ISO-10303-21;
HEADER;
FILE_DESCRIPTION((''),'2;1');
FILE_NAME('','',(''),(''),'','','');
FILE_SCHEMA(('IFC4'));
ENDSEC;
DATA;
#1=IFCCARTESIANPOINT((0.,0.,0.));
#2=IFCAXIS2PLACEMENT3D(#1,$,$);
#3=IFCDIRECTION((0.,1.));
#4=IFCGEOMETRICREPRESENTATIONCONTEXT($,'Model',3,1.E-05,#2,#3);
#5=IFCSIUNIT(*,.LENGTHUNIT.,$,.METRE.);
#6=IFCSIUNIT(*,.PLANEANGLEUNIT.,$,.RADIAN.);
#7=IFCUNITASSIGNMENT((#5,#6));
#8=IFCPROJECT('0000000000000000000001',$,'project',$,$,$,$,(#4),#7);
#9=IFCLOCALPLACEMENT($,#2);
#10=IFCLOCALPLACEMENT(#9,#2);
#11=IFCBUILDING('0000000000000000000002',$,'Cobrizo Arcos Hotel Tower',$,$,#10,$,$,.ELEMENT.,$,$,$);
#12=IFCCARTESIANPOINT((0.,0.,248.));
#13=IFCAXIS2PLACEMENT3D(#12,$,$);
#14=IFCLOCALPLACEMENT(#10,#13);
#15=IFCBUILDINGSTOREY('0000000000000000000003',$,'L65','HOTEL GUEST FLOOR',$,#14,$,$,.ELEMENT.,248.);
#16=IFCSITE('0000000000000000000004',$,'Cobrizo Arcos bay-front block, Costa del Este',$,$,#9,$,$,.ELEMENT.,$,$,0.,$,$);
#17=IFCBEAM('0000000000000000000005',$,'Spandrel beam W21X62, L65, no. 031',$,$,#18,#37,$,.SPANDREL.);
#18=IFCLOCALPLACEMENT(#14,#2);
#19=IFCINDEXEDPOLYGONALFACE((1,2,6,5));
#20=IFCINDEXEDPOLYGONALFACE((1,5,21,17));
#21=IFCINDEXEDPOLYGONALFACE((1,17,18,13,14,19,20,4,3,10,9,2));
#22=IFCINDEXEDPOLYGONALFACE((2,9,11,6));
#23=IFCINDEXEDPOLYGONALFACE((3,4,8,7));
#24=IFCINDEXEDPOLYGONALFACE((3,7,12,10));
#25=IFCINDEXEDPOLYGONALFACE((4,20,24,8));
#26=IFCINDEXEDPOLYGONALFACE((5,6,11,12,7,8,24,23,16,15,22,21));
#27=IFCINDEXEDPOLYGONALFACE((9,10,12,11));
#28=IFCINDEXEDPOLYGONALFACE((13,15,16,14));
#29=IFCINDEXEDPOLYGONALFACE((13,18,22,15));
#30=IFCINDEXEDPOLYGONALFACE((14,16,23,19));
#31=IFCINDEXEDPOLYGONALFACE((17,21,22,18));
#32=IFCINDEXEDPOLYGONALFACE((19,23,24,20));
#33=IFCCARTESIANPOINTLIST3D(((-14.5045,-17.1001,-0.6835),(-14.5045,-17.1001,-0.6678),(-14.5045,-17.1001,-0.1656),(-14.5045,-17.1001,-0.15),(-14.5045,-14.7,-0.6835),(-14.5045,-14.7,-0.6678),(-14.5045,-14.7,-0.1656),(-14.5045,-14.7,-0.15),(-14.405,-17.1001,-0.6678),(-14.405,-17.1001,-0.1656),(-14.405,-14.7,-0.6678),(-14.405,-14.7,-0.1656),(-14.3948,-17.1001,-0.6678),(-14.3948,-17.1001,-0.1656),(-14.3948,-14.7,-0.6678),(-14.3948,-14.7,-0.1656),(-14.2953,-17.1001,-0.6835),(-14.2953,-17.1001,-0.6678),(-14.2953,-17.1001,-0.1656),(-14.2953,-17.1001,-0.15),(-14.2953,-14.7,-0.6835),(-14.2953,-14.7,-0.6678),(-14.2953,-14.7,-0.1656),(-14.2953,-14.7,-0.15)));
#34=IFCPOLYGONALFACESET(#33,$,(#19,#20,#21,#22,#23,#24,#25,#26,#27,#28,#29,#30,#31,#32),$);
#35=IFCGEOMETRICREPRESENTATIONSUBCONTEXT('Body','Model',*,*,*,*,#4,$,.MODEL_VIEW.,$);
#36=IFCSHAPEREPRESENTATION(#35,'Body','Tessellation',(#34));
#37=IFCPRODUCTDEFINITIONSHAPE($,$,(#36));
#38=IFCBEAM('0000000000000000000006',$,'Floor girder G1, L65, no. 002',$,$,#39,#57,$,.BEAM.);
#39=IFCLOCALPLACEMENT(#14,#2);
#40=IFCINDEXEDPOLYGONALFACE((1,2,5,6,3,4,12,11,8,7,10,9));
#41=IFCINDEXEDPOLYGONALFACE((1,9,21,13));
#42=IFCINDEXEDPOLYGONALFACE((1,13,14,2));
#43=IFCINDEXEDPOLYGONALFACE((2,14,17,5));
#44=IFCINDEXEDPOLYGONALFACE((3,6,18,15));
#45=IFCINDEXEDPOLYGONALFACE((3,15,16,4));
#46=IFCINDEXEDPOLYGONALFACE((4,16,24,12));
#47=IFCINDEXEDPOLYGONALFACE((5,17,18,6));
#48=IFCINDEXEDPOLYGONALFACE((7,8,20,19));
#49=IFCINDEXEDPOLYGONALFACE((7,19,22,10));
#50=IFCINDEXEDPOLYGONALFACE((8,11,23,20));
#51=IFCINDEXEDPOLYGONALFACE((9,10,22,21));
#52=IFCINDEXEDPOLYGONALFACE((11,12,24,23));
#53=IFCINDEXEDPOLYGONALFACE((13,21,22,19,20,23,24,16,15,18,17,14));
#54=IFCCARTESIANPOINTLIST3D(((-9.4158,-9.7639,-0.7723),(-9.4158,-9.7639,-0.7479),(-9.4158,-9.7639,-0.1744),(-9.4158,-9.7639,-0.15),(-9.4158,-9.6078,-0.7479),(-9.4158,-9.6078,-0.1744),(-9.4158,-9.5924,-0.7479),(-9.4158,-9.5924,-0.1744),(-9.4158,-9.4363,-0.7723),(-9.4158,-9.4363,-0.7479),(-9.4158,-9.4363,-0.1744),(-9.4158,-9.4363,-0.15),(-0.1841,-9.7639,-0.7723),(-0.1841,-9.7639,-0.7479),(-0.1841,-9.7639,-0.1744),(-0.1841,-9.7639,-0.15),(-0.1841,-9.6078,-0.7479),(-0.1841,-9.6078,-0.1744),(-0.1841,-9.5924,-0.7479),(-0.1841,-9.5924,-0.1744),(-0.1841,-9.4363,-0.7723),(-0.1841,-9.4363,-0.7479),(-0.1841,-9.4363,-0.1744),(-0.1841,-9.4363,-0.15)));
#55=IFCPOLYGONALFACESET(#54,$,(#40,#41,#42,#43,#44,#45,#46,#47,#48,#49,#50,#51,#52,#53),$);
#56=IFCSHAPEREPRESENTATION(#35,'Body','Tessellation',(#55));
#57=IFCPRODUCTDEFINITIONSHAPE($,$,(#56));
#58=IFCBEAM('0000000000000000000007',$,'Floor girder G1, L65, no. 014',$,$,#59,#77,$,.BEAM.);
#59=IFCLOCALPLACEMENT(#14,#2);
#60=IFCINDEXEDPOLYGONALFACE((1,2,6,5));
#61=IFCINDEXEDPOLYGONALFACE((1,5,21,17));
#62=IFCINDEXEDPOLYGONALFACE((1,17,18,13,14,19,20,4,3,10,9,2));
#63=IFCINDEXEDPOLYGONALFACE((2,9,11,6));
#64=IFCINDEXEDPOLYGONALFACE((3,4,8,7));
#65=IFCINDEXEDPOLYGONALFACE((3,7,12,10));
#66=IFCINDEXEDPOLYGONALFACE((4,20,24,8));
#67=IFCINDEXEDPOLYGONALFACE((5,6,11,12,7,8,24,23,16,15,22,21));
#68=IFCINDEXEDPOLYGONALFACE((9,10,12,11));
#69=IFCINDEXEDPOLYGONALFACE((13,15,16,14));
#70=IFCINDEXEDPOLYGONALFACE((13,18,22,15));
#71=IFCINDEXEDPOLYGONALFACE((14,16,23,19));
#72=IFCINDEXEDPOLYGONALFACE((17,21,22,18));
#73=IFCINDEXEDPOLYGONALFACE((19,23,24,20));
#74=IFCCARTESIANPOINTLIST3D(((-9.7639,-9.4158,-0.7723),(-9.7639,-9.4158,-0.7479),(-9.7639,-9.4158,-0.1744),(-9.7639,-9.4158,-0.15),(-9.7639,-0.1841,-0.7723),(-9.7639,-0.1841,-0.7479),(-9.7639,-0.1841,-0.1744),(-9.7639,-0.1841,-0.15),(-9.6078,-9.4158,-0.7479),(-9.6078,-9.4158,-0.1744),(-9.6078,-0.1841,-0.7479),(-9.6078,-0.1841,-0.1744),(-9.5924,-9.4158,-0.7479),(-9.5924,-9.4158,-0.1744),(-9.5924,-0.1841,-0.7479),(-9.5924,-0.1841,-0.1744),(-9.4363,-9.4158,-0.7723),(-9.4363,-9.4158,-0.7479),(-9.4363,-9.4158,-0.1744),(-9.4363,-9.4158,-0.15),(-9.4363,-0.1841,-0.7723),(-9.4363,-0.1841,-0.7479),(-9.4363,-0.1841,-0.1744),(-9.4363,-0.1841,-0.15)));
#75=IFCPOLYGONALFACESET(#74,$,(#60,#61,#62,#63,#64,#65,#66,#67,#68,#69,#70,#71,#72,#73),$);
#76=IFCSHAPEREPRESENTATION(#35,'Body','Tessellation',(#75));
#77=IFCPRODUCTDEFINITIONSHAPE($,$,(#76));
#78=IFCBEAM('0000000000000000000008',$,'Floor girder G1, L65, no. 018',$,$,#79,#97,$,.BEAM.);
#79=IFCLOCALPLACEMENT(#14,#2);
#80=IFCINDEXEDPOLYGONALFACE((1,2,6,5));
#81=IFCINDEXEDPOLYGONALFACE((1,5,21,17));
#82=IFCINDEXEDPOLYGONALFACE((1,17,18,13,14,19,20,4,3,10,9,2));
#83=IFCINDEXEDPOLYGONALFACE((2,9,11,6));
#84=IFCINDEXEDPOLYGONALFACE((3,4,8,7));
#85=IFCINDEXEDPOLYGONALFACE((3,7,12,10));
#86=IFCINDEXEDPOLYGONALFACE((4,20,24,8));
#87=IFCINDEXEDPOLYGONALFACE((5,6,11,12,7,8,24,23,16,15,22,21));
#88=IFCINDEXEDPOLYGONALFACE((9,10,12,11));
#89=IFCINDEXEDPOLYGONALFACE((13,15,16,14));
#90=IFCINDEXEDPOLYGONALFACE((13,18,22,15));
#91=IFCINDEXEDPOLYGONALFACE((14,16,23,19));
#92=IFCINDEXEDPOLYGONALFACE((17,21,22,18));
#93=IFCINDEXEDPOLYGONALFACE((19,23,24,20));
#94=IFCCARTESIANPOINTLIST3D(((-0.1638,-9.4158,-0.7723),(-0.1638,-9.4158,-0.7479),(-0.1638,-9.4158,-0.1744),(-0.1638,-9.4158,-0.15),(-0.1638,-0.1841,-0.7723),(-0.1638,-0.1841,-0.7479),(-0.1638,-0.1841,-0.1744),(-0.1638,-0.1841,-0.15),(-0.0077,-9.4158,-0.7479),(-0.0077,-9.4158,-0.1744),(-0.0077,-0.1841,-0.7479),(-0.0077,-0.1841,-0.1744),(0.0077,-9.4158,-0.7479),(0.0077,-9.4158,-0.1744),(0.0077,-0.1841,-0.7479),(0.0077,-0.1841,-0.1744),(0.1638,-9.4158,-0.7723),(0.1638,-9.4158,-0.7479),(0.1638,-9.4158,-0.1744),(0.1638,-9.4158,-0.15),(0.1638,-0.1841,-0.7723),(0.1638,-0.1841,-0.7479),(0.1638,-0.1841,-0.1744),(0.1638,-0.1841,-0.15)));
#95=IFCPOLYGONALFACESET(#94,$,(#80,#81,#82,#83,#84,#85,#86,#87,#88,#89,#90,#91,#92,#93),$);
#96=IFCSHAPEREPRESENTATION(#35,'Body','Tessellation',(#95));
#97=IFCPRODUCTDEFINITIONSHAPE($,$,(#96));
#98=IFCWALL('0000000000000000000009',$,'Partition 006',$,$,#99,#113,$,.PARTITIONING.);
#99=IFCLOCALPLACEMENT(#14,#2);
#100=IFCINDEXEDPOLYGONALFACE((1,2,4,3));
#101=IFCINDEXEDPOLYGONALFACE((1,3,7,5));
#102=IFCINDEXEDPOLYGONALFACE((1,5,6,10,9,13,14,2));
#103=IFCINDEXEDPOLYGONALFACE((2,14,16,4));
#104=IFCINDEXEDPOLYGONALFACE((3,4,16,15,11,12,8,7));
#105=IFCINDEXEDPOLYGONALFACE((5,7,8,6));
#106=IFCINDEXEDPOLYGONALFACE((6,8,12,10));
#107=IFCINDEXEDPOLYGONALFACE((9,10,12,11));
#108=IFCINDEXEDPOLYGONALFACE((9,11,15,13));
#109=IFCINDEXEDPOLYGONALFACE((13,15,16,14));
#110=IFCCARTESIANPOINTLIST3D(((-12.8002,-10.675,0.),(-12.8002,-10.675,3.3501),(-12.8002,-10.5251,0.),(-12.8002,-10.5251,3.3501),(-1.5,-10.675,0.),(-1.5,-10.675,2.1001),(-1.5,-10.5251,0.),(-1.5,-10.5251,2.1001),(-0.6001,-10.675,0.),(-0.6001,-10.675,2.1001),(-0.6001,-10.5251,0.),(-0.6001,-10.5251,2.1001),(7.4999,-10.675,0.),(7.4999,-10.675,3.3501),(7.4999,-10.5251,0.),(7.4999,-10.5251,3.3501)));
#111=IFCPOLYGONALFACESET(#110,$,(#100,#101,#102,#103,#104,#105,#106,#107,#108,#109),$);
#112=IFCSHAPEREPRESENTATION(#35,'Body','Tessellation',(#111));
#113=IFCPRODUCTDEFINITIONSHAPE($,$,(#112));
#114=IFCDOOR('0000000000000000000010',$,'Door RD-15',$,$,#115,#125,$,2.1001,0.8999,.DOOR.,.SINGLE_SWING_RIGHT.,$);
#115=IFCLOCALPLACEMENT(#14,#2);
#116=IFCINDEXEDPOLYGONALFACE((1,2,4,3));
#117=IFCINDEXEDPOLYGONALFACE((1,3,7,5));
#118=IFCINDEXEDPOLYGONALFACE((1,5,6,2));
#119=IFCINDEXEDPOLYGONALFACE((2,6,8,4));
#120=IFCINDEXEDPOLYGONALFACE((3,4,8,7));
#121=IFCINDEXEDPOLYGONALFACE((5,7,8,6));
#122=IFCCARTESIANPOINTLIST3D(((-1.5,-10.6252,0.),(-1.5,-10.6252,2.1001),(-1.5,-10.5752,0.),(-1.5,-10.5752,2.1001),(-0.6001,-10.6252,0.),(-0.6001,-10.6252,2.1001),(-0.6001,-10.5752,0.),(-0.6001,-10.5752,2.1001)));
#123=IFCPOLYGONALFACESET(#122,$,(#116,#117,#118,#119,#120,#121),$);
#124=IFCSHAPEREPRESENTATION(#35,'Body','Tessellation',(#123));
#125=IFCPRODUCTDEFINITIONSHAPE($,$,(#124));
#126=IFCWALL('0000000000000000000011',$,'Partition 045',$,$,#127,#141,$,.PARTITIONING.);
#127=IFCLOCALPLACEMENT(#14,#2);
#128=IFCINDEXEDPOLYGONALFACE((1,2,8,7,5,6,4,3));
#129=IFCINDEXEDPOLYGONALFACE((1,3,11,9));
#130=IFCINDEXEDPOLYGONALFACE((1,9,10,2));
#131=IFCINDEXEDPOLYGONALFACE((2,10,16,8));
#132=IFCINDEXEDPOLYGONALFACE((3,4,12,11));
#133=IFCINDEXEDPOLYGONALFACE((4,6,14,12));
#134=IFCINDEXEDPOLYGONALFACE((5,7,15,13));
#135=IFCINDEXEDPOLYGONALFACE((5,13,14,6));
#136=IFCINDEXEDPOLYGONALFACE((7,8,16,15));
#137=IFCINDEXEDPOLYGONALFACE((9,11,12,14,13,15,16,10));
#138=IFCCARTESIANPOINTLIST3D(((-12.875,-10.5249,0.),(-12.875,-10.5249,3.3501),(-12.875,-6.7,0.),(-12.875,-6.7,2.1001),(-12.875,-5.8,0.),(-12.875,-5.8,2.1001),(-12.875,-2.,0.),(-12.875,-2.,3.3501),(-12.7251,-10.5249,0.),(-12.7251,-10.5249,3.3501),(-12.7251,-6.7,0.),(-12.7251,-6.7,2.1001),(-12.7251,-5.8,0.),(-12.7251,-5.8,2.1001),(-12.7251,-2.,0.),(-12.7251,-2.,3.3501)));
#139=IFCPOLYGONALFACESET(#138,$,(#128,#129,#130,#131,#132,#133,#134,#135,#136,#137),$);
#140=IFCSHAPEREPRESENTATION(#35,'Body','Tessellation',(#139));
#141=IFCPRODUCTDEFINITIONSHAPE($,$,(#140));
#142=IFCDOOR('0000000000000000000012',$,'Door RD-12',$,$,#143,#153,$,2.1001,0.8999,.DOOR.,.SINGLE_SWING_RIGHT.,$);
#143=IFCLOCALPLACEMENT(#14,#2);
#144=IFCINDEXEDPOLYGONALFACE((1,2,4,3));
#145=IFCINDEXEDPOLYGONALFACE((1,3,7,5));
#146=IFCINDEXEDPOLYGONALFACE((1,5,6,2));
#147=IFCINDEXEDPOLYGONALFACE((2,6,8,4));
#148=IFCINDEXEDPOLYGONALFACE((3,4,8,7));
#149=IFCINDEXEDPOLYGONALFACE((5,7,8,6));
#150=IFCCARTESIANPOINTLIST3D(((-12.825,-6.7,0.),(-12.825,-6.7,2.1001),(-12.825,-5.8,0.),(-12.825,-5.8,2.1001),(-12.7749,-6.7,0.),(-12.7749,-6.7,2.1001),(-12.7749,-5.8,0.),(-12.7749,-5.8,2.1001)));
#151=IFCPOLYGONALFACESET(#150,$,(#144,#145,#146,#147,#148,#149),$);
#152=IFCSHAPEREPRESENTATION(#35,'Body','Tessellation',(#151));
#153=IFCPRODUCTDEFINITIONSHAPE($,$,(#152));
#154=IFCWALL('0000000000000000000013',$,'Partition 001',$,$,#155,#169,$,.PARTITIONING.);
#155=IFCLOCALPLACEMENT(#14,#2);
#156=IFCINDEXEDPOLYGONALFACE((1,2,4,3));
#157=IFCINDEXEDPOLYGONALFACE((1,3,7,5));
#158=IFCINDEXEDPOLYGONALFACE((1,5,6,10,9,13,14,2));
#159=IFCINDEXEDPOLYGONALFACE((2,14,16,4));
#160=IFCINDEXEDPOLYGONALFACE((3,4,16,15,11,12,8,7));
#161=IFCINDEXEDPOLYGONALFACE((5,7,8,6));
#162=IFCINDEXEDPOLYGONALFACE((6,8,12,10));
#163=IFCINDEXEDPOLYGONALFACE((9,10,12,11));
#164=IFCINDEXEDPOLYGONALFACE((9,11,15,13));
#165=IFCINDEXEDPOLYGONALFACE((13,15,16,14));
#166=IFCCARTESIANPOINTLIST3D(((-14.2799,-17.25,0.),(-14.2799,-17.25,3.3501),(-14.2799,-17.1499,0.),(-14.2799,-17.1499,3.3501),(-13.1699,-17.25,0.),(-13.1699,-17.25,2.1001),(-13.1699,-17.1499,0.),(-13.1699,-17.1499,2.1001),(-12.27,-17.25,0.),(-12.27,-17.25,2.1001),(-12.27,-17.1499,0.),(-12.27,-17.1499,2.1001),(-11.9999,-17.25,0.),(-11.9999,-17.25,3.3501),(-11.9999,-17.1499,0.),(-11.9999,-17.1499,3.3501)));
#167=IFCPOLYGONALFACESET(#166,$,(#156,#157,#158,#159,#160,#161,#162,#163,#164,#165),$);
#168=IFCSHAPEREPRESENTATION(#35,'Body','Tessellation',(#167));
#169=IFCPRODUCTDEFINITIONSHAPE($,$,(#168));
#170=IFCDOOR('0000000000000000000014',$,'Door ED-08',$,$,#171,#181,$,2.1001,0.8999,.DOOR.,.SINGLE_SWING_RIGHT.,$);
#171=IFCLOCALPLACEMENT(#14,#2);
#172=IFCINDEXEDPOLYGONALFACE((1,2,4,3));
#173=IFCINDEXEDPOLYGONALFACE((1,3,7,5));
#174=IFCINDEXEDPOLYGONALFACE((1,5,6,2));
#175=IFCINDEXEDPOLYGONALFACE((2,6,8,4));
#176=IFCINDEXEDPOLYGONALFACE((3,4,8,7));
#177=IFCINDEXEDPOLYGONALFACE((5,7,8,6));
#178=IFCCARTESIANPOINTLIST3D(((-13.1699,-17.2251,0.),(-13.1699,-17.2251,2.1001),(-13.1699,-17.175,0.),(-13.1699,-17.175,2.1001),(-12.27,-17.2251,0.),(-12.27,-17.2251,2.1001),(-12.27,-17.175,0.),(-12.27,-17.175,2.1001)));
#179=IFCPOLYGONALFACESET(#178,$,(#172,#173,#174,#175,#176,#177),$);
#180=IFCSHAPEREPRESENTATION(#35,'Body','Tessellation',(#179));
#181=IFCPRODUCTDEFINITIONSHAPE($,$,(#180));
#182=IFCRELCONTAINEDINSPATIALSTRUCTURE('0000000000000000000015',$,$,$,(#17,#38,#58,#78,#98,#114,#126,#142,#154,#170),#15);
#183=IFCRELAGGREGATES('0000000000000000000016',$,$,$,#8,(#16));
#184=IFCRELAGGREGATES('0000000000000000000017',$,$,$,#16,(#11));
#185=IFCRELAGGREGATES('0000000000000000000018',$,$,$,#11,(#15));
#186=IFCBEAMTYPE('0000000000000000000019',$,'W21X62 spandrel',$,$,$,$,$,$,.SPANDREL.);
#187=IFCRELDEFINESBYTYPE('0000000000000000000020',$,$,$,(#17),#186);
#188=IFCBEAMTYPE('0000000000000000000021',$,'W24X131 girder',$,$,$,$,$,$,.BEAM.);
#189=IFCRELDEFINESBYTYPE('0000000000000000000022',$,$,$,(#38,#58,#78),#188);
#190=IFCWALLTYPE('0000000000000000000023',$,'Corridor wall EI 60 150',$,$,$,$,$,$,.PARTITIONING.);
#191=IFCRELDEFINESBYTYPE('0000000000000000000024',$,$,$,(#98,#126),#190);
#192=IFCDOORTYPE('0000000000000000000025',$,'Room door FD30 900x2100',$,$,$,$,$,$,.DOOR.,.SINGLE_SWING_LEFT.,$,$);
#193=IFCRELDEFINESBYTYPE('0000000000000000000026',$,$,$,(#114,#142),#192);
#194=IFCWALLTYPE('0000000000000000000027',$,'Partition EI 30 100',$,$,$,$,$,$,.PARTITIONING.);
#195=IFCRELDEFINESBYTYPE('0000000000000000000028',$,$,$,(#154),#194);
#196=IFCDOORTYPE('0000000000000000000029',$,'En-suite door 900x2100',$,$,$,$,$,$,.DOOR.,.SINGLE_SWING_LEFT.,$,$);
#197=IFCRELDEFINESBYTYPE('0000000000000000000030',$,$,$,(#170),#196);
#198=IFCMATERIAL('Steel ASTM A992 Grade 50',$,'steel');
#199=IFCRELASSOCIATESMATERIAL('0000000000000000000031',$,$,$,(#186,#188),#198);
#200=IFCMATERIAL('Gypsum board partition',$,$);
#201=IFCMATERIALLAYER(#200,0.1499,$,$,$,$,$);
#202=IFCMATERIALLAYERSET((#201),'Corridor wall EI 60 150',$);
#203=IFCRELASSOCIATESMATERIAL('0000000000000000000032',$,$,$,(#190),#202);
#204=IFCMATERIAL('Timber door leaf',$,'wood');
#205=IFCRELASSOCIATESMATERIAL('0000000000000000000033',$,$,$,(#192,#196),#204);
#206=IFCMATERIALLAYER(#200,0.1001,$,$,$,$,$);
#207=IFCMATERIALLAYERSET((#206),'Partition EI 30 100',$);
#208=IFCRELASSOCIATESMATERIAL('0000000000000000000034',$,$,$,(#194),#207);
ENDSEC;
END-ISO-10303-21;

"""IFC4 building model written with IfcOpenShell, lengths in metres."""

from ifc_helpers import new_model, si_unit, direction, frame, frame_2d, origin, origin_2d, place, context, subcontext, project, spatial, rectangle, i_section, extrude, material, layer, layer_set, material_profile, profile_set, type_object, element, fill, save


model = new_model("IFC4")

# Units and contexts
model_context = context("Model", 3, precision=1e-05, world=origin(), true_north=direction((0.0, 1.0)))
body_context = subcontext(model_context, "Body", "Model", "MODEL_VIEW")
ifc_project = project(units=[si_unit("LENGTHUNIT", "METRE"), si_unit("PLANEANGLEUNIT", "RADIAN")], contexts=[model_context])

# Site, building, storey
site_placement = place(None, origin())
site = spatial("IfcSite", under=ifc_project, at=site_placement, Name="Cobrizo Arcos bay-front block, Costa del Este", CompositionType="ELEMENT", RefElevation=0.0)
building_placement = place(site_placement, origin())
building = spatial("IfcBuilding", under=site, at=building_placement, Name="Cobrizo Arcos Hotel Tower", CompositionType="ELEMENT")
storey_placement = place(building_placement, frame((0.0, 0.0, 248.0)))
storey = spatial("IfcBuildingStorey", under=building, at=storey_placement, Name="L65", Description="HOTEL GUEST FLOOR", CompositionType="ELEMENT", Elevation=248.0)

# Shared definitions
ifc_material_1 = material(Name="Steel ASTM A992 Grade 50", Category="steel")

# Beams
ifc_material_profile_1 = material_profile(ifc_material_1, i_section(OverallWidth=0.2092, OverallDepth=0.5334, WebThickness=0.0103, FlangeThickness=0.0156, at=origin_2d()), Name="W21X62")
ifc_profile_set_1 = profile_set([ifc_material_profile_1], Name="Steel ASTM A992 Grade 50")
beam_type_1 = type_object("IfcBeamType", Name="W21X62 spandrel", PredefinedType="SPANDREL", material=ifc_profile_set_1)
beam_1_placement = place(storey_placement, frame((-14.3999, -14.7, -0.4167), z_axis=(0.0, -1.0, 0.0), x_axis=(1.0, 0.0, 0.0)))
element("IfcBeam", 1, at=beam_1_placement, inside=storey, type_object=beam_type_1, Name="Spandrel beam W21X62, L65, no. 031", PredefinedType="SPANDREL", context=body_context, shape_type="SweptSolid", body=[
    extrude(i_section(OverallWidth=0.2092, OverallDepth=0.5334, WebThickness=0.0103, FlangeThickness=0.0156, at=origin_2d()), origin(), (0.0, 0.0, 1.0), 2.4001),
])
ifc_material_profile_2 = material_profile(ifc_material_1, i_section(OverallWidth=0.3276, OverallDepth=0.6223, WebThickness=0.0154, FlangeThickness=0.0244, at=origin_2d()), Name="W24X131")
ifc_profile_set_2 = profile_set([ifc_material_profile_2], Name="Steel ASTM A992 Grade 50")
beam_type_2 = type_object("IfcBeamType", Name="W24X131 girder", PredefinedType="BEAM", material=ifc_profile_set_2)
for number, where, z_axis, x_axis, name in (
    (2, (-9.4158, -9.6001, -0.4612), (1.0, 0.0, 0.0), (0.0, 1.0, 0.0), "Floor girder G1, L65, no. 002"),
    (3, (-9.6001, -9.4158, -0.4612), (0.0, 1.0, 0.0), (-1.0, 0.0, 0.0), "Floor girder G1, L65, no. 014"),
    (4, (0.0, -9.4158, -0.4612), (0.0, 1.0, 0.0), (-1.0, 0.0, 0.0), "Floor girder G1, L65, no. 018"),
):
    element("IfcBeam", number, at=place(storey_placement, frame(where, z_axis=z_axis, x_axis=x_axis)), inside=storey, type_object=beam_type_2, Name=name, PredefinedType="BEAM", context=body_context, shape_type="SweptSolid", body=[
        extrude(i_section(OverallWidth=0.3276, OverallDepth=0.6223, WebThickness=0.0154, FlangeThickness=0.0244, at=origin_2d()), origin(), (0.0, 0.0, 1.0), 9.2317),
    ])

# Walls, openings, doors
ifc_material_2 = material(Name="Gypsum board partition")
ifc_layer_1 = layer(ifc_material_2, 0.1499)
ifc_layer_set_1 = layer_set([ifc_layer_1], Name="Corridor wall EI 60 150")
wall_type_1 = type_object("IfcWallType", Name="Corridor wall EI 60 150", PredefinedType="PARTITIONING", material=ifc_layer_set_1)
wall_1_placement = place(storey_placement, frame((-12.8, -10.6001, 0.0), z_axis=(0.0, 0.0, 1.0), x_axis=(1.0, 0.0, 0.0)))
wall_1 = element("IfcWall", 5, at=wall_1_placement, inside=storey, type_object=wall_type_1, Name="Partition 006", PredefinedType="PARTITIONING", context=body_context, shape_type="SweptSolid", body=[
    extrude(rectangle(XDim=20.3, YDim=0.1499, at=frame_2d((10.1499, 0.0))), origin(), (0.0, 0.0, 1.0), 3.3501),
])
opening_1_placement = place(wall_1_placement, frame((11.3, 0.0, 0.0)))
opening_1 = element("IfcOpeningElement", 6, at=opening_1_placement, cuts=wall_1, PredefinedType="OPENING", context=body_context, shape_type="SweptSolid", body=[
    extrude(rectangle(XDim=0.8999, YDim=2.1001, at=frame_2d((0.45, 1.05))), frame((0.0, 0.0869, 0.0), z_axis=(0.0, -1.0, 0.0), x_axis=(1.0, 0.0, 0.0)), (0.0, 0.0, 1.0), 0.1738),
])
ifc_material_3 = material(Name="Timber door leaf", Category="wood")
door_type_1 = type_object("IfcDoorType", Name="Room door FD30 900x2100", OperationType="SINGLE_SWING_LEFT", PredefinedType="DOOR", material=ifc_material_3)
door_1_placement = place(opening_1_placement, origin())
door_1 = element("IfcDoor", 7, at=door_1_placement, inside=storey, type_object=door_type_1, Name="Door RD-15", OperationType="SINGLE_SWING_RIGHT", OverallHeight=2.1001, OverallWidth=0.8999, PredefinedType="DOOR", context=body_context, shape_type="SweptSolid", body=[
    extrude(rectangle(XDim=0.8999, YDim=2.1001, at=frame_2d((0.45, 1.05))), frame((0.0, 0.0249, 0.0), z_axis=(0.0, -1.0, 0.0), x_axis=(1.0, 0.0, 0.0)), (0.0, 0.0, 1.0), 0.05),
])
fill(opening_1, door_1)
wall_2_placement = place(storey_placement, frame((-12.8, -10.5249, 0.0), z_axis=(0.0, 0.0, 1.0), x_axis=(0.0, 1.0, 0.0)))
wall_2 = element("IfcWall", 8, at=wall_2_placement, inside=storey, type_object=wall_type_1, Name="Partition 045", PredefinedType="PARTITIONING", context=body_context, shape_type="SweptSolid", body=[
    extrude(rectangle(XDim=8.5249, YDim=0.1499, at=frame_2d((4.2625, 0.0))), origin(), (0.0, 0.0, 1.0), 3.3501),
])
opening_2_placement = place(wall_2_placement, frame((3.825, 0.0, 0.0)))
opening_2 = element("IfcOpeningElement", 9, at=opening_2_placement, cuts=wall_2, PredefinedType="OPENING", context=body_context, shape_type="SweptSolid", body=[
    extrude(rectangle(XDim=0.8999, YDim=2.1001, at=frame_2d((0.45, 1.05))), frame((0.0, 0.0869, 0.0), z_axis=(0.0, -1.0, 0.0), x_axis=(1.0, 0.0, 0.0)), (0.0, 0.0, 1.0), 0.1738),
])
door_2_placement = place(opening_2_placement, origin())
door_2 = element("IfcDoor", 10, at=door_2_placement, inside=storey, type_object=door_type_1, Name="Door RD-12", OperationType="SINGLE_SWING_RIGHT", OverallHeight=2.1001, OverallWidth=0.8999, PredefinedType="DOOR", context=body_context, shape_type="SweptSolid", body=[
    extrude(rectangle(XDim=0.8999, YDim=2.1001, at=frame_2d((0.45, 1.05))), frame((0.0, 0.0249, 0.0), z_axis=(0.0, -1.0, 0.0), x_axis=(1.0, 0.0, 0.0)), (0.0, 0.0, 1.0), 0.05),
])
fill(opening_2, door_2)
ifc_layer_2 = layer(ifc_material_2, 0.1001)
ifc_layer_set_2 = layer_set([ifc_layer_2], Name="Partition EI 30 100")
wall_type_2 = type_object("IfcWallType", Name="Partition EI 30 100", PredefinedType="PARTITIONING", material=ifc_layer_set_2)
wall_3_placement = place(storey_placement, frame((-14.28, -17.2, 0.0), z_axis=(0.0, 0.0, 1.0), x_axis=(1.0, 0.0, 0.0)))
wall_3 = element("IfcWall", 11, at=wall_3_placement, inside=storey, type_object=wall_type_2, Name="Partition 001", PredefinedType="PARTITIONING", context=body_context, shape_type="SweptSolid", body=[
    extrude(rectangle(XDim=2.28, YDim=0.1001, at=frame_2d((1.1401, 0.0))), origin(), (0.0, 0.0, 1.0), 3.3501),
])
opening_3_placement = place(wall_3_placement, frame((1.1101, 0.0, 0.0)))
opening_3 = element("IfcOpeningElement", 12, at=opening_3_placement, cuts=wall_3, PredefinedType="OPENING", context=body_context, shape_type="SweptSolid", body=[
    extrude(rectangle(XDim=0.8999, YDim=2.1001, at=frame_2d((0.45, 1.05))), frame((0.0, 0.062, 0.0), z_axis=(0.0, -1.0, 0.0), x_axis=(1.0, 0.0, 0.0)), (0.0, 0.0, 1.0), 0.124),
])
door_type_2 = type_object("IfcDoorType", Name="En-suite door 900x2100", OperationType="SINGLE_SWING_LEFT", PredefinedType="DOOR", material=ifc_material_3)
door_3_placement = place(opening_3_placement, origin())
door_3 = element("IfcDoor", 13, at=door_3_placement, inside=storey, type_object=door_type_2, Name="Door ED-08", OperationType="SINGLE_SWING_RIGHT", OverallHeight=2.1001, OverallWidth=0.8999, PredefinedType="DOOR", context=body_context, shape_type="SweptSolid", body=[
    extrude(rectangle(XDim=0.8999, YDim=2.1001, at=frame_2d((0.45, 1.05))), frame((0.0, 0.0249, 0.0), z_axis=(0.0, -1.0, 0.0), x_axis=(1.0, 0.0, 0.0)), (0.0, 0.0, 1.0), 0.05),
])
fill(opening_3, door_3)

save(model, "model.ifc")
